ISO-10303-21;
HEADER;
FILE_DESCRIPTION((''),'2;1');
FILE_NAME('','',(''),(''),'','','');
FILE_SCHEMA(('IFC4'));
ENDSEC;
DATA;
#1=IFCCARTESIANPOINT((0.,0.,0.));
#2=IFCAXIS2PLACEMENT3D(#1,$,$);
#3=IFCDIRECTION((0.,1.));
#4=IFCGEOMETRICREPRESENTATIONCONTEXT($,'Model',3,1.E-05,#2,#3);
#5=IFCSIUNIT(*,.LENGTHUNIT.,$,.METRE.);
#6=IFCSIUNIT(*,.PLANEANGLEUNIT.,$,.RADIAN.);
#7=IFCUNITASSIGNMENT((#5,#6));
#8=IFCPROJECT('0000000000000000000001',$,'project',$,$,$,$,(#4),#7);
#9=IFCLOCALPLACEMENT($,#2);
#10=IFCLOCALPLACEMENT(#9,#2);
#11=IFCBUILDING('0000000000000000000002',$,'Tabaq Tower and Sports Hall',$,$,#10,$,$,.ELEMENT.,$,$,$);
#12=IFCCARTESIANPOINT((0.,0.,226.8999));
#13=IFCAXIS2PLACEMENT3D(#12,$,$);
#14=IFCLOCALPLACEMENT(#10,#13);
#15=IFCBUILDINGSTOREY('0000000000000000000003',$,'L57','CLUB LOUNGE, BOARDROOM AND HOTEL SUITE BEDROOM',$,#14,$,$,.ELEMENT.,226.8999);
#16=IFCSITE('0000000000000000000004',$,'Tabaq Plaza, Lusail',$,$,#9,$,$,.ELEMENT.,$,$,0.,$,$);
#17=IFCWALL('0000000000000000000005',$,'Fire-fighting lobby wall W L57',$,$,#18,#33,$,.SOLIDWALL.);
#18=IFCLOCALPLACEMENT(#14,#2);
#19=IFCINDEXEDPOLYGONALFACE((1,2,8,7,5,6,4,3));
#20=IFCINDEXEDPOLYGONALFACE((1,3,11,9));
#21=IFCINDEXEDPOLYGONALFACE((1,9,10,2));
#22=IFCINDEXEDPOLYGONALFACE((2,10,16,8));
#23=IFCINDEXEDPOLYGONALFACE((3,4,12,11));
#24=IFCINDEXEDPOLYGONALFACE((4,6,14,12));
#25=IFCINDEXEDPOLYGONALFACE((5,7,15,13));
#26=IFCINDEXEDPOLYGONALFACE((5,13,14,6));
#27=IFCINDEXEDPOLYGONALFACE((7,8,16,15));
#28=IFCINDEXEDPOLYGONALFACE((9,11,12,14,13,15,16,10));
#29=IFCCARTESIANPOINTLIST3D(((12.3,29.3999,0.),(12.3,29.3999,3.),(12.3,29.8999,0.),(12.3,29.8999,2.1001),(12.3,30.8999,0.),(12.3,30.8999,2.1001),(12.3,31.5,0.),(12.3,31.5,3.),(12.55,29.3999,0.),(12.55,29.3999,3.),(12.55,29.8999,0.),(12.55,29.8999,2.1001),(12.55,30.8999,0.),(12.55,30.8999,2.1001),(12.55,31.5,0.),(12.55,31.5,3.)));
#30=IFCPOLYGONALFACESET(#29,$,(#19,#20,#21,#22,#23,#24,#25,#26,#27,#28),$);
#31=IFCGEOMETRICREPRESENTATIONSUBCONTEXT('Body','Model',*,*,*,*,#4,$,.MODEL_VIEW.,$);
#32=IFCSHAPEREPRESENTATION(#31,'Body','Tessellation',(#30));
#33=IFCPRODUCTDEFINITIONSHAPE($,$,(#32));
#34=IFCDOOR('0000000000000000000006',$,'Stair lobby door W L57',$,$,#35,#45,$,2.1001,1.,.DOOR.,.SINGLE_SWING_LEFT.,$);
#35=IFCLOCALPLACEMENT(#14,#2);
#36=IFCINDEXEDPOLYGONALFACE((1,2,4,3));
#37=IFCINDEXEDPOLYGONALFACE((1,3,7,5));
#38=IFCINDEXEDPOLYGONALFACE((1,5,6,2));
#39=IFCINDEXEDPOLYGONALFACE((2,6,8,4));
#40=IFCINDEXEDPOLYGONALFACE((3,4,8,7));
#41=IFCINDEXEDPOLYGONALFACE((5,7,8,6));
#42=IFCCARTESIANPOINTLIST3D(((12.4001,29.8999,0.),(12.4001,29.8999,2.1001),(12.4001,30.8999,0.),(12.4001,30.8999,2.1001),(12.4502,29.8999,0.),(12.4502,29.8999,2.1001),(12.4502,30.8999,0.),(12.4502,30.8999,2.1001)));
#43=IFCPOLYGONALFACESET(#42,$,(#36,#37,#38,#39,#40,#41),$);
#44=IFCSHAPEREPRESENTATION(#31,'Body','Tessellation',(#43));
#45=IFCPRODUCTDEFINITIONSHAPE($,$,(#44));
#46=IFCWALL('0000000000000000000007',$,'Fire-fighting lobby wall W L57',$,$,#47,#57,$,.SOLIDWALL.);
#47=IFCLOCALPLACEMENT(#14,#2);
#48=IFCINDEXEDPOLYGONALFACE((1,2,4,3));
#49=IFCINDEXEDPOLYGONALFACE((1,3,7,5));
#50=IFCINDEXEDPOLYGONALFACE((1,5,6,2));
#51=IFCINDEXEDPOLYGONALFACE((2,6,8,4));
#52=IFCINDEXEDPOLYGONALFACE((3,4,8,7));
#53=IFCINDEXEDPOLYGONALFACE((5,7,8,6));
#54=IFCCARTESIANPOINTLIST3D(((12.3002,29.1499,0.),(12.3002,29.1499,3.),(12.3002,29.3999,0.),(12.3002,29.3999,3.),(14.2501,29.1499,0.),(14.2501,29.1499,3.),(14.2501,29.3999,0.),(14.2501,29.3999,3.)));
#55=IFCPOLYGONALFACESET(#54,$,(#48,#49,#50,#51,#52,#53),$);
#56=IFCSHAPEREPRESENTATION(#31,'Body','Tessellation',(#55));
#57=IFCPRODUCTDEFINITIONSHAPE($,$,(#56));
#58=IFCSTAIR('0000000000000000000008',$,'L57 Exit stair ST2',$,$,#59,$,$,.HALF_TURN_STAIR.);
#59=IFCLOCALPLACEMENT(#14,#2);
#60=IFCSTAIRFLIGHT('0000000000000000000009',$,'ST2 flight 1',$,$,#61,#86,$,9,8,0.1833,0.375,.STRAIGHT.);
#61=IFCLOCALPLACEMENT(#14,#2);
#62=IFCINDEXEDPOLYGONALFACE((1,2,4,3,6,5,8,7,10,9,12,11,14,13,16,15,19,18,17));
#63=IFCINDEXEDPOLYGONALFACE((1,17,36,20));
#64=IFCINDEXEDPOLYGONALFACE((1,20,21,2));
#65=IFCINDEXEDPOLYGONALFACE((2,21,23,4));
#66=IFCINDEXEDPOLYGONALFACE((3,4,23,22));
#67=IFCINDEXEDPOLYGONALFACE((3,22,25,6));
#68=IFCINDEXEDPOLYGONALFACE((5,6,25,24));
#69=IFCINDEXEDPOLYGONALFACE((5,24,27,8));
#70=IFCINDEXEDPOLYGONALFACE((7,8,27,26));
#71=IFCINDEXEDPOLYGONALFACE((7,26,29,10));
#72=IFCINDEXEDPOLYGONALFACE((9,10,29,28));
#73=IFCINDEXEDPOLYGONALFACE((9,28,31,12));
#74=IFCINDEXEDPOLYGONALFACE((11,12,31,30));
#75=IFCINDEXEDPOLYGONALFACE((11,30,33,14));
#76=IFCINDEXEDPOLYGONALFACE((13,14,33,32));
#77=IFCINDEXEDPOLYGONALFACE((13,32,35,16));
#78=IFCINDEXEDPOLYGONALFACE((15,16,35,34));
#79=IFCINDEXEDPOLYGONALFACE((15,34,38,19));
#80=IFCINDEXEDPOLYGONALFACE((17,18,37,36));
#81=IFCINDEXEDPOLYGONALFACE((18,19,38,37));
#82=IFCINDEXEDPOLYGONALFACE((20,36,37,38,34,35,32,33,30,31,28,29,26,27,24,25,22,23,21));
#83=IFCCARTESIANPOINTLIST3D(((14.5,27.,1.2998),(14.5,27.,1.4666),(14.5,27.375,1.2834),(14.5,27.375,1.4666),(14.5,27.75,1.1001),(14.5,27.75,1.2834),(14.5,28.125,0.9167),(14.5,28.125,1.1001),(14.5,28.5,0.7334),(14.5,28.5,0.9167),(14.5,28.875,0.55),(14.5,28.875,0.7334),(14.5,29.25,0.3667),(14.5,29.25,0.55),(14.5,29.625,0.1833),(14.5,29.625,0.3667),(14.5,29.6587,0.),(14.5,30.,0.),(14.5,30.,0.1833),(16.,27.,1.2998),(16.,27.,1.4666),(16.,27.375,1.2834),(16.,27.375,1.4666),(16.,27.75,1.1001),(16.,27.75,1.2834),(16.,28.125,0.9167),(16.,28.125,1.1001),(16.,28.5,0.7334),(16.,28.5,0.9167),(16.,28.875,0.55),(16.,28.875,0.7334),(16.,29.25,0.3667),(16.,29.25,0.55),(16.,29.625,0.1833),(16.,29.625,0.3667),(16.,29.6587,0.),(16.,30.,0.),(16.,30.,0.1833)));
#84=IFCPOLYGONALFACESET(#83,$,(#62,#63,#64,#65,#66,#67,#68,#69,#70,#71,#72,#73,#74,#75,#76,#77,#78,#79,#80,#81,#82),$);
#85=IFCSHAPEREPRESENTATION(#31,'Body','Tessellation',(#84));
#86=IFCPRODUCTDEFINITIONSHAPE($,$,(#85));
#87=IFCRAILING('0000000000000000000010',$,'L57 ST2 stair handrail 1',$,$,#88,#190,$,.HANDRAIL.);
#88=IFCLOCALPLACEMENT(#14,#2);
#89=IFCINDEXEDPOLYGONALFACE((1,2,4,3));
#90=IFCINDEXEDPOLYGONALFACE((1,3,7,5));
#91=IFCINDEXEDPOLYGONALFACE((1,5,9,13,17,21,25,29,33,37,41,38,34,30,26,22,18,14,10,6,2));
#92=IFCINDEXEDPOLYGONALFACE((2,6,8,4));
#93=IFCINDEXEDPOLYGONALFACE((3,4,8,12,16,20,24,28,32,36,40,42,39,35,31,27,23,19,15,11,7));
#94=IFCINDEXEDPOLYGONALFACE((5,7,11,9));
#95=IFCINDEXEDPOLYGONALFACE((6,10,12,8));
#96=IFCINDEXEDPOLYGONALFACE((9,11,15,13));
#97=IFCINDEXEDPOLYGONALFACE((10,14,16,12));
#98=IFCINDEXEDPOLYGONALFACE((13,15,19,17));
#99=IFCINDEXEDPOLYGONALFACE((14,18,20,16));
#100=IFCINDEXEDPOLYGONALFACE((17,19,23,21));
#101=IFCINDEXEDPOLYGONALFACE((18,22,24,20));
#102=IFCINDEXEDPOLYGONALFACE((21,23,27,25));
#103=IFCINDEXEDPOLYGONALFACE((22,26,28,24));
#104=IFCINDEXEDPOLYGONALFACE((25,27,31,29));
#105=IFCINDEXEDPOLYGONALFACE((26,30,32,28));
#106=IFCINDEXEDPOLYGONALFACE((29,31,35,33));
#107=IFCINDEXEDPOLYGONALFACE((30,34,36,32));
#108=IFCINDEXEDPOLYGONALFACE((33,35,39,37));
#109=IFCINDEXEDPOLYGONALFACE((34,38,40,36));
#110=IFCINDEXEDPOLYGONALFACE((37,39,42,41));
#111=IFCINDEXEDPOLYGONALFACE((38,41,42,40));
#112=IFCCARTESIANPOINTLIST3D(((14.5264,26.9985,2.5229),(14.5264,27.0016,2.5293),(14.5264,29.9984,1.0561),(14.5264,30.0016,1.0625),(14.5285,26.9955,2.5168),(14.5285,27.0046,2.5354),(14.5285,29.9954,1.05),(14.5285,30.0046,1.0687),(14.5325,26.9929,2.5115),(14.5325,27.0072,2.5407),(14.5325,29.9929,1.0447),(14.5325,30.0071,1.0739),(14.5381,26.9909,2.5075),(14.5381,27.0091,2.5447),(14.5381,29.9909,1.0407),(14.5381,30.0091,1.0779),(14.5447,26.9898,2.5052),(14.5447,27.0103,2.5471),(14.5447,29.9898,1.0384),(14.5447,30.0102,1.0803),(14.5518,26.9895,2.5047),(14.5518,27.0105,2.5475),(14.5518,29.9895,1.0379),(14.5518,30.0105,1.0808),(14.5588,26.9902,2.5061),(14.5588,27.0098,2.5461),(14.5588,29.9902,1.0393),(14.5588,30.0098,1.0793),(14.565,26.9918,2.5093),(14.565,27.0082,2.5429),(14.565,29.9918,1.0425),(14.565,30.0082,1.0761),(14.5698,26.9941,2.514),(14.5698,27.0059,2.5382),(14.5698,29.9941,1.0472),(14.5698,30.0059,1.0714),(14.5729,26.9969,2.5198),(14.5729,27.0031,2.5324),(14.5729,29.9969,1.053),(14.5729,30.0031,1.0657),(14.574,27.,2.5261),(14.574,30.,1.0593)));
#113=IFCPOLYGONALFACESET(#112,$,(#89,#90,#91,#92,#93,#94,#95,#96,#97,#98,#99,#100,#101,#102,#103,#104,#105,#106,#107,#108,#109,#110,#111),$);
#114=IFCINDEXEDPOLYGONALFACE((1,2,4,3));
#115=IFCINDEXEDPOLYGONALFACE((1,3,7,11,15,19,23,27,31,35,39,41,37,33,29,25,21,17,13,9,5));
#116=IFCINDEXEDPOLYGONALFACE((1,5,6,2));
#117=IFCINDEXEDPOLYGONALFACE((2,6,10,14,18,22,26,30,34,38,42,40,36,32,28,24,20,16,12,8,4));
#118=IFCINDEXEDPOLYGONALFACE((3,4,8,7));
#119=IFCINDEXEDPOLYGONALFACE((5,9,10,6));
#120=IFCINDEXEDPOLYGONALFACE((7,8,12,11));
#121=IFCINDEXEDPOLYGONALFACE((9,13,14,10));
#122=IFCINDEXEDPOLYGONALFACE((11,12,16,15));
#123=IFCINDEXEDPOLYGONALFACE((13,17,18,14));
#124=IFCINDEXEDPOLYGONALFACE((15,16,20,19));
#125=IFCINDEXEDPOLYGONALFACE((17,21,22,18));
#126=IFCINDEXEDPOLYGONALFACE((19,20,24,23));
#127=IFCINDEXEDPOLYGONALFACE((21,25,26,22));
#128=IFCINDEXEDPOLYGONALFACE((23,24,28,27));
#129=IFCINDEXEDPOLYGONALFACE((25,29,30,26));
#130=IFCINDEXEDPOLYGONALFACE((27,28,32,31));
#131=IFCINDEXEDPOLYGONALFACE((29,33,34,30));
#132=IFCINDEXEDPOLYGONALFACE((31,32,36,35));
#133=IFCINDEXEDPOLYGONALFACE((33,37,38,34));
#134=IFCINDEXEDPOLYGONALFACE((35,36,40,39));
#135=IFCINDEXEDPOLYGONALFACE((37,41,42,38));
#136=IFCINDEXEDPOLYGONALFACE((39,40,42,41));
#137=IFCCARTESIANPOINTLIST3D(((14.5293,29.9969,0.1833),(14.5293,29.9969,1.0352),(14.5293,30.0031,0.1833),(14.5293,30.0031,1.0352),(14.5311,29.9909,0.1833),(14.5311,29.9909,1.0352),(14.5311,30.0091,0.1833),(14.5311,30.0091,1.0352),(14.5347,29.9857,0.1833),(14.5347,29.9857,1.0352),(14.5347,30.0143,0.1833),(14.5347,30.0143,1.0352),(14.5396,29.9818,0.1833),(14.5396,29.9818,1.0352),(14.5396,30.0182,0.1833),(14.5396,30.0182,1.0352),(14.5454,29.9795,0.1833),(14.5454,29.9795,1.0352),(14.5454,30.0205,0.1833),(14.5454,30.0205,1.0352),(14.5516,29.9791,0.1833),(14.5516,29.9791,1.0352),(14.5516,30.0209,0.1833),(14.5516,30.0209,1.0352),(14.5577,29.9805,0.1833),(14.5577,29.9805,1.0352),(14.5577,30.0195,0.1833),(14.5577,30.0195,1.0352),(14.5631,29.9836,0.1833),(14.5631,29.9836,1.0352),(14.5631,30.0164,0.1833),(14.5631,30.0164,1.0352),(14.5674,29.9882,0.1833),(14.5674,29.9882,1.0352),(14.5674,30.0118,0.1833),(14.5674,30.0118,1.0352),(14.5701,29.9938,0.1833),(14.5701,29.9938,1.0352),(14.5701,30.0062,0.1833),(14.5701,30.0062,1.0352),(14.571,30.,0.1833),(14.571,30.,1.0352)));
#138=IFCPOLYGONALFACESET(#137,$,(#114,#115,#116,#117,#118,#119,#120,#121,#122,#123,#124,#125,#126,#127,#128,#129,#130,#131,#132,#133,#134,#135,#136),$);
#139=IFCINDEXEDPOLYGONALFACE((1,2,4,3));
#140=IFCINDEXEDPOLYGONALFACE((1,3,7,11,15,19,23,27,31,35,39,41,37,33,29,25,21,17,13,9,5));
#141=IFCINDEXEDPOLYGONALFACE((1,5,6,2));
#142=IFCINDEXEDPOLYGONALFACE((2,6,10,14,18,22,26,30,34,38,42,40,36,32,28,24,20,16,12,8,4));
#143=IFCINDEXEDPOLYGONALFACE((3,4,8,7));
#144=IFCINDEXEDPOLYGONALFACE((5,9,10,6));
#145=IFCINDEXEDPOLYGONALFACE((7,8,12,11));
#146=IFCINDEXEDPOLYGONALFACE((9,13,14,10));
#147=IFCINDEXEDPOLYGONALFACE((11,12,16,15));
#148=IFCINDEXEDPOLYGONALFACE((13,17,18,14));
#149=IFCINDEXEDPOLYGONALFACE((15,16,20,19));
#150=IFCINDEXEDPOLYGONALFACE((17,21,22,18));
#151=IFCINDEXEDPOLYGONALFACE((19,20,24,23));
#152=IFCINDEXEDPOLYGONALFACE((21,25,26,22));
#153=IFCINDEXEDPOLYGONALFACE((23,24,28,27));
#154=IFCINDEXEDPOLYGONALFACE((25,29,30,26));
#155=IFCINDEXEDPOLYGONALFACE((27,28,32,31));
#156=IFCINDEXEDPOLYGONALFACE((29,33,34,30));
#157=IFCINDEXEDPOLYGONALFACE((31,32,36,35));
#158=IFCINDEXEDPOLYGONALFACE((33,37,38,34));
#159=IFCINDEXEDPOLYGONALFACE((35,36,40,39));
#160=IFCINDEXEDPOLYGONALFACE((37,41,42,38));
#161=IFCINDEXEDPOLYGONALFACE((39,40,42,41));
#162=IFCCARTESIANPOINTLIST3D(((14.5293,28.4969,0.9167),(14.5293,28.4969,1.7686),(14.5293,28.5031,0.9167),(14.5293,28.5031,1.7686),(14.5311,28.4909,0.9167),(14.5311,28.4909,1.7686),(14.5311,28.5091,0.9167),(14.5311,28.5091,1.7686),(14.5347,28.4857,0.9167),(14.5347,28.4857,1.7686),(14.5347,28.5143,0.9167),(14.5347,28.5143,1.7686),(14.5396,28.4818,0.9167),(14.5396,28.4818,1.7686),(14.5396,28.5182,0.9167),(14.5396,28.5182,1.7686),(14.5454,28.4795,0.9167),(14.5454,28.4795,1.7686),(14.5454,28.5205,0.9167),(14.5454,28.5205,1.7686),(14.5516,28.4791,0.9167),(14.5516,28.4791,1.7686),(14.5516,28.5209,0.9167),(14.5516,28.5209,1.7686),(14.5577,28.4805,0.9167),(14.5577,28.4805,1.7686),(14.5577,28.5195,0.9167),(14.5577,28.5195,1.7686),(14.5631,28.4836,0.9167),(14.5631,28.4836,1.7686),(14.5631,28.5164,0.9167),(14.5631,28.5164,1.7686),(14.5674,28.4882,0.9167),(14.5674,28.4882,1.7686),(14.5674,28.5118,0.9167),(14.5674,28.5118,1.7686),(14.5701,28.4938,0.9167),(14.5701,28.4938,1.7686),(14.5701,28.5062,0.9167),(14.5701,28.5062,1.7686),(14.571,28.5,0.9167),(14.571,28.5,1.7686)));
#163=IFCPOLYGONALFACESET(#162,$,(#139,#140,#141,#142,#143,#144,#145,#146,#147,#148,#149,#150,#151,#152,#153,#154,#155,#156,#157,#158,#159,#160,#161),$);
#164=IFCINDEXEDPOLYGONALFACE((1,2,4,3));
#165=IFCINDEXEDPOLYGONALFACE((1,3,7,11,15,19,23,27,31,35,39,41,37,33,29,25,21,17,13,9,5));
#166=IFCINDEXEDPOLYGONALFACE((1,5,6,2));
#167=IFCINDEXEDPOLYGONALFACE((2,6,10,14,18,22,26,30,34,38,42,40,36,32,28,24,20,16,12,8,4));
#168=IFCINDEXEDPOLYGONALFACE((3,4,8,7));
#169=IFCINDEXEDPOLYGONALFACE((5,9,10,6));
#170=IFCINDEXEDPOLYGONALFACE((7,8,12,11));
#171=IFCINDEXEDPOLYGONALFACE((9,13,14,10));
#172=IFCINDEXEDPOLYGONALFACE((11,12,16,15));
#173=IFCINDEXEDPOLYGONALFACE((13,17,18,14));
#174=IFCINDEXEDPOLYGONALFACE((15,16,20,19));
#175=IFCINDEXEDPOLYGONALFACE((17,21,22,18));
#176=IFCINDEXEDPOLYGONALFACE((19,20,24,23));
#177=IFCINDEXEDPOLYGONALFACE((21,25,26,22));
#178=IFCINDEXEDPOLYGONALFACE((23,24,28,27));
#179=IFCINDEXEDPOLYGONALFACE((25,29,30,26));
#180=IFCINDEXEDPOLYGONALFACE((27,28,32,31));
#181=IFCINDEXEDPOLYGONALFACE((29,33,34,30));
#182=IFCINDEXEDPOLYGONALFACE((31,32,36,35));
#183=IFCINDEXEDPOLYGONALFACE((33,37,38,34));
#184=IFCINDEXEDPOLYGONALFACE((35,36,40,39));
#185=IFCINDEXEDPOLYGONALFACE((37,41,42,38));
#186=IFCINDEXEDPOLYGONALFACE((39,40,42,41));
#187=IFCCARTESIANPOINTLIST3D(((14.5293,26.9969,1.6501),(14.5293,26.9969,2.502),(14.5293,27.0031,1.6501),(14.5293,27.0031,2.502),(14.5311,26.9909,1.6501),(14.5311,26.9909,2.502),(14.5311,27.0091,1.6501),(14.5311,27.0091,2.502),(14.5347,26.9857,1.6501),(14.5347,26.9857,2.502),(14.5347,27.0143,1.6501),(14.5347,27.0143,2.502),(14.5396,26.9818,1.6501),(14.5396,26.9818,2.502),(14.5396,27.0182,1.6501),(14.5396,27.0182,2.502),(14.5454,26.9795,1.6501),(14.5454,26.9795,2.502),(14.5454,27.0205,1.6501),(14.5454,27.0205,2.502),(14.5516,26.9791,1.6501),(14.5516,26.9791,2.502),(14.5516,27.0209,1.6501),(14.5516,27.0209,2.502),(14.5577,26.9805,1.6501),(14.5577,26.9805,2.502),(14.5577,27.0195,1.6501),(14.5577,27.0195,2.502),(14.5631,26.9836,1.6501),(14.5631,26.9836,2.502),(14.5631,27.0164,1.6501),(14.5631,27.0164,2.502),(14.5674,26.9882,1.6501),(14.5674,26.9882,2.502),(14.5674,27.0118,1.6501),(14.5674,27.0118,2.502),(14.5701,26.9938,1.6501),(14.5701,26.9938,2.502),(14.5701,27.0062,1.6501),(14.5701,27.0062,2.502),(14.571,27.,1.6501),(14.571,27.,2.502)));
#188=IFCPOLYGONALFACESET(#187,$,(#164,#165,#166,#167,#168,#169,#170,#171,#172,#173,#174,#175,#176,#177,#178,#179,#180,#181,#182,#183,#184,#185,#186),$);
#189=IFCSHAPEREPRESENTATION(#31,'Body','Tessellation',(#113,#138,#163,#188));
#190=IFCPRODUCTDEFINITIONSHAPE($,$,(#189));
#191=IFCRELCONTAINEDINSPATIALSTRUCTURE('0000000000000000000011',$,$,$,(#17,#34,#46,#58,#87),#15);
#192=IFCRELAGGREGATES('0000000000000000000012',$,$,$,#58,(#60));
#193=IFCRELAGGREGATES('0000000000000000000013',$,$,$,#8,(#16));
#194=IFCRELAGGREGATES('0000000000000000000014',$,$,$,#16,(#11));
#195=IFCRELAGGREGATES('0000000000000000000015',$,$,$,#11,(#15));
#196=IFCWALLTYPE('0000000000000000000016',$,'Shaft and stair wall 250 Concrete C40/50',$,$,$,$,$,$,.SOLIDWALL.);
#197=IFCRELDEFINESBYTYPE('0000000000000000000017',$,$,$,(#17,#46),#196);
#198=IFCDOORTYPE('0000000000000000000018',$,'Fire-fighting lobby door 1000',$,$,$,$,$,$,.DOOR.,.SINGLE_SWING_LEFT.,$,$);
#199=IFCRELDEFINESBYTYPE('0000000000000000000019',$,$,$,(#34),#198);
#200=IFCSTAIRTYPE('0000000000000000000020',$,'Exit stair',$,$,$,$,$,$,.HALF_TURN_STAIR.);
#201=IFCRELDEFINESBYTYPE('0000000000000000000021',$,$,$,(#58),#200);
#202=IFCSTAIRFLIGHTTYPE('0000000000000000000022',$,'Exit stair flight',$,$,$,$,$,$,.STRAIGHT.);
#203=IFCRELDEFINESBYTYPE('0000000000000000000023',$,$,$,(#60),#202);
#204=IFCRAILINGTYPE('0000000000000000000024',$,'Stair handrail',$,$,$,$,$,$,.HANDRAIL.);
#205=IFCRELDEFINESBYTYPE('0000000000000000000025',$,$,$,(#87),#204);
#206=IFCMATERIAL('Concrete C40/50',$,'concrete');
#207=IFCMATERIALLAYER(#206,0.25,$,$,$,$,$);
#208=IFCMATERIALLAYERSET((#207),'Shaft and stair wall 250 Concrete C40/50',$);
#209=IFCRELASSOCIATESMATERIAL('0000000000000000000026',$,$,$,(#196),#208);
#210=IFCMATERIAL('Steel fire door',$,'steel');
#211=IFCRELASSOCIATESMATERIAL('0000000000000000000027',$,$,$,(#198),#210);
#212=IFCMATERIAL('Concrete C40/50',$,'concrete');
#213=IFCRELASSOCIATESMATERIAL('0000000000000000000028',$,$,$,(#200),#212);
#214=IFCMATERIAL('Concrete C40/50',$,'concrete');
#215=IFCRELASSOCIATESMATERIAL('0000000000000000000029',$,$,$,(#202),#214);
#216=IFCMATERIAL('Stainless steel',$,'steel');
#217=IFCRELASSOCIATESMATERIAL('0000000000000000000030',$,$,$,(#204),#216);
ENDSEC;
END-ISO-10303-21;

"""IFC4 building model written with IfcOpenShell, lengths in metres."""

from ifc_helpers import new_model, si_unit, direction, frame, frame_2d, origin, origin_2d, place, context, subcontext, project, spatial, polyline, rectangle, circle, outline, extrude, material, layer, layer_set, type_object, element, fill, aggregate, save


model = new_model("IFC4")

# Units and contexts
model_context = context("Model", 3, precision=1e-05, world=origin(), true_north=direction((0.0, 1.0)))
body_context = subcontext(model_context, "Body", "Model", "MODEL_VIEW")
ifc_project = project(units=[si_unit("LENGTHUNIT", "METRE"), si_unit("PLANEANGLEUNIT", "RADIAN")], contexts=[model_context])

# Site, building, storey
site_placement = place(None, origin())
site = spatial("IfcSite", under=ifc_project, at=site_placement, Name="Tabaq Plaza, Lusail", CompositionType="ELEMENT", RefElevation=0.0)
building_placement = place(site_placement, origin())
building = spatial("IfcBuilding", under=site, at=building_placement, Name="Tabaq Tower and Sports Hall", CompositionType="ELEMENT")
storey_placement = place(building_placement, frame((0.0, 0.0, 226.8999)))
storey = spatial("IfcBuildingStorey", under=building, at=storey_placement, Name="L57", Description="CLUB LOUNGE, BOARDROOM AND HOTEL SUITE BEDROOM", CompositionType="ELEMENT", Elevation=226.8999)

# Wall, opening, door
ifc_material_1 = material(Name="Concrete C40/50", Category="concrete")
ifc_layer_1 = layer(ifc_material_1, 0.25)
ifc_layer_set_1 = layer_set([ifc_layer_1], Name="Shaft and stair wall 250 Concrete C40/50")
wall_type_1 = type_object("IfcWallType", Name="Shaft and stair wall 250 Concrete C40/50", PredefinedType="SOLIDWALL", material=ifc_layer_set_1)
wall_1_placement = place(storey_placement, frame((12.425, 29.3999, 0.0), z_axis=(0.0, 0.0, 1.0), x_axis=(0.0, 1.0, 0.0)))
wall_1 = element("IfcWall", 1, at=wall_1_placement, inside=storey, type_object=wall_type_1, Name="Fire-fighting lobby wall W L57", PredefinedType="SOLIDWALL", context=body_context, shape_type="SweptSolid", body=[
    extrude(rectangle(XDim=2.1001, YDim=0.25, at=frame_2d((1.05, 0.0))), origin(), (0.0, 0.0, 1.0), 3.0),
])
opening_placement = place(wall_1_placement, frame((0.5, 0.0, 0.0)))
opening = element("IfcOpeningElement", 2, at=opening_placement, cuts=wall_1, PredefinedType="OPENING", context=body_context, shape_type="SweptSolid", body=[
    extrude(rectangle(XDim=1.0, YDim=2.1001, at=frame_2d((0.5, 1.05))), frame((0.0, 0.125, 0.0), z_axis=(0.0, -1.0, 0.0), x_axis=(1.0, 0.0, 0.0)), (0.0, 0.0, 1.0), 0.25),
])
ifc_material_2 = material(Name="Steel fire door", Category="steel")
door_type = type_object("IfcDoorType", Name="Fire-fighting lobby door 1000", OperationType="SINGLE_SWING_LEFT", PredefinedType="DOOR", material=ifc_material_2)
door_placement = place(opening_placement, origin())
door = element("IfcDoor", 3, at=door_placement, inside=storey, type_object=door_type, Name="Stair lobby door W L57", OperationType="SINGLE_SWING_LEFT", OverallHeight=2.1001, OverallWidth=1.0, PredefinedType="DOOR", context=body_context, shape_type="SweptSolid", body=[
    extrude(rectangle(XDim=1.0, YDim=2.1001, at=frame_2d((0.5, 1.05))), frame((0.0, 0.0249, 0.0), z_axis=(0.0, -1.0, 0.0), x_axis=(1.0, 0.0, 0.0)), (0.0, 0.0, 1.0), 0.05),
])
fill(opening, door)

# Wall
wall_2_placement = place(storey_placement, frame((12.3, 29.2749, 0.0), z_axis=(0.0, 0.0, 1.0), x_axis=(1.0, 0.0, 0.0)))
element("IfcWall", 4, at=wall_2_placement, inside=storey, type_object=wall_type_1, Name="Fire-fighting lobby wall W L57", PredefinedType="SOLIDWALL", context=body_context, shape_type="SweptSolid", body=[
    extrude(rectangle(XDim=1.95, YDim=0.25, at=frame_2d((0.9751, 0.0))), origin(), (0.0, 0.0, 1.0), 3.0),
])

# Stair, stair flight
ifc_material_3 = material(Name="Concrete C40/50", Category="concrete")
stair_type = type_object("IfcStairType", Name="Exit stair", PredefinedType="HALF_TURN_STAIR", material=ifc_material_3)
stair_placement = place(storey_placement, origin())
stair = element("IfcStair", 5, at=stair_placement, inside=storey, type_object=stair_type, Name="L57 Exit stair ST2", PredefinedType="HALF_TURN_STAIR")
ifc_material_4 = material(Name="Concrete C40/50", Category="concrete")
stair_flight_type = type_object("IfcStairFlightType", Name="Exit stair flight", PredefinedType="STRAIGHT", material=ifc_material_4)
stair_flight_placement = place(storey_placement, frame((15.25, 30.0, 0.0), z_axis=(0.0, 0.0, 1.0), x_axis=(0.0, -1.0, 0.0)))
stair_flight = element("IfcStairFlight", 6, at=stair_flight_placement, type_object=stair_flight_type, Name="ST2 flight 1", NumberOfRisers=9, NumberOfTreads=8, PredefinedType="STRAIGHT", RiserHeight=0.1833, TreadLength=0.375, context=body_context, shape_type="SweptSolid", body=[
    extrude(outline(polyline([(0.0, 0.0), (0.0, 0.1833), (0.375, 0.1833), (0.375, 0.3667), (0.75, 0.3667), (0.75, 0.55), (1.125, 0.55), (1.125, 0.7334), (1.5, 0.7334), (1.5, 0.9167), (1.875, 0.9167), (1.875, 1.1001), (2.25, 1.1001), (2.25, 1.2834), (2.625, 1.2834), (2.625, 1.4666), (3.0, 1.4666), (3.0, 1.6499), (3.0, 1.2998), (0.3413, 0.0), (0.0, 0.0)])), frame((0.0, 0.75, 0.0), z_axis=(0.0, -1.0, 0.0), x_axis=(1.0, 0.0, 0.0)), (0.0, 0.0, 1.0), 1.5),
])
aggregate(stair, [stair_flight])

# Railing
ifc_material_5 = material(Name="Stainless steel", Category="steel")
railing_type_1 = type_object("IfcRailingType", Name="Stair handrail", PredefinedType="HANDRAIL", material=ifc_material_5)
railing_1_placement = place(storey_placement, frame((14.55, 30.0, 0.1833)))
element("IfcRailing", 7, at=railing_1_placement, inside=storey, type_object=railing_type_1, Name="L57 ST2 stair handrail 1", PredefinedType="HANDRAIL", context=body_context, shape_type="SweptSolid", body=[
    extrude(circle(Radius=0.0239, at=origin_2d()), frame((0.0, 0.0, 0.876), z_axis=(0.0, -0.898369, 0.439242), x_axis=(1.0, 0.0, 0.0)), (0.0, 0.0, 1.0), 3.3394),
    extrude(circle(Radius=0.021, at=origin_2d()), origin(), (0.0, 0.0, 1.0), 0.8518),
    extrude(circle(Radius=0.021, at=origin_2d()), frame((0.0, -1.5, 0.7334)), (0.0, 0.0, 1.0), 0.8518),
    extrude(circle(Radius=0.021, at=origin_2d()), frame((0.0, -3.0, 1.4668)), (0.0, 0.0, 1.0), 0.8518),
])

save(model, "model.ifc")
